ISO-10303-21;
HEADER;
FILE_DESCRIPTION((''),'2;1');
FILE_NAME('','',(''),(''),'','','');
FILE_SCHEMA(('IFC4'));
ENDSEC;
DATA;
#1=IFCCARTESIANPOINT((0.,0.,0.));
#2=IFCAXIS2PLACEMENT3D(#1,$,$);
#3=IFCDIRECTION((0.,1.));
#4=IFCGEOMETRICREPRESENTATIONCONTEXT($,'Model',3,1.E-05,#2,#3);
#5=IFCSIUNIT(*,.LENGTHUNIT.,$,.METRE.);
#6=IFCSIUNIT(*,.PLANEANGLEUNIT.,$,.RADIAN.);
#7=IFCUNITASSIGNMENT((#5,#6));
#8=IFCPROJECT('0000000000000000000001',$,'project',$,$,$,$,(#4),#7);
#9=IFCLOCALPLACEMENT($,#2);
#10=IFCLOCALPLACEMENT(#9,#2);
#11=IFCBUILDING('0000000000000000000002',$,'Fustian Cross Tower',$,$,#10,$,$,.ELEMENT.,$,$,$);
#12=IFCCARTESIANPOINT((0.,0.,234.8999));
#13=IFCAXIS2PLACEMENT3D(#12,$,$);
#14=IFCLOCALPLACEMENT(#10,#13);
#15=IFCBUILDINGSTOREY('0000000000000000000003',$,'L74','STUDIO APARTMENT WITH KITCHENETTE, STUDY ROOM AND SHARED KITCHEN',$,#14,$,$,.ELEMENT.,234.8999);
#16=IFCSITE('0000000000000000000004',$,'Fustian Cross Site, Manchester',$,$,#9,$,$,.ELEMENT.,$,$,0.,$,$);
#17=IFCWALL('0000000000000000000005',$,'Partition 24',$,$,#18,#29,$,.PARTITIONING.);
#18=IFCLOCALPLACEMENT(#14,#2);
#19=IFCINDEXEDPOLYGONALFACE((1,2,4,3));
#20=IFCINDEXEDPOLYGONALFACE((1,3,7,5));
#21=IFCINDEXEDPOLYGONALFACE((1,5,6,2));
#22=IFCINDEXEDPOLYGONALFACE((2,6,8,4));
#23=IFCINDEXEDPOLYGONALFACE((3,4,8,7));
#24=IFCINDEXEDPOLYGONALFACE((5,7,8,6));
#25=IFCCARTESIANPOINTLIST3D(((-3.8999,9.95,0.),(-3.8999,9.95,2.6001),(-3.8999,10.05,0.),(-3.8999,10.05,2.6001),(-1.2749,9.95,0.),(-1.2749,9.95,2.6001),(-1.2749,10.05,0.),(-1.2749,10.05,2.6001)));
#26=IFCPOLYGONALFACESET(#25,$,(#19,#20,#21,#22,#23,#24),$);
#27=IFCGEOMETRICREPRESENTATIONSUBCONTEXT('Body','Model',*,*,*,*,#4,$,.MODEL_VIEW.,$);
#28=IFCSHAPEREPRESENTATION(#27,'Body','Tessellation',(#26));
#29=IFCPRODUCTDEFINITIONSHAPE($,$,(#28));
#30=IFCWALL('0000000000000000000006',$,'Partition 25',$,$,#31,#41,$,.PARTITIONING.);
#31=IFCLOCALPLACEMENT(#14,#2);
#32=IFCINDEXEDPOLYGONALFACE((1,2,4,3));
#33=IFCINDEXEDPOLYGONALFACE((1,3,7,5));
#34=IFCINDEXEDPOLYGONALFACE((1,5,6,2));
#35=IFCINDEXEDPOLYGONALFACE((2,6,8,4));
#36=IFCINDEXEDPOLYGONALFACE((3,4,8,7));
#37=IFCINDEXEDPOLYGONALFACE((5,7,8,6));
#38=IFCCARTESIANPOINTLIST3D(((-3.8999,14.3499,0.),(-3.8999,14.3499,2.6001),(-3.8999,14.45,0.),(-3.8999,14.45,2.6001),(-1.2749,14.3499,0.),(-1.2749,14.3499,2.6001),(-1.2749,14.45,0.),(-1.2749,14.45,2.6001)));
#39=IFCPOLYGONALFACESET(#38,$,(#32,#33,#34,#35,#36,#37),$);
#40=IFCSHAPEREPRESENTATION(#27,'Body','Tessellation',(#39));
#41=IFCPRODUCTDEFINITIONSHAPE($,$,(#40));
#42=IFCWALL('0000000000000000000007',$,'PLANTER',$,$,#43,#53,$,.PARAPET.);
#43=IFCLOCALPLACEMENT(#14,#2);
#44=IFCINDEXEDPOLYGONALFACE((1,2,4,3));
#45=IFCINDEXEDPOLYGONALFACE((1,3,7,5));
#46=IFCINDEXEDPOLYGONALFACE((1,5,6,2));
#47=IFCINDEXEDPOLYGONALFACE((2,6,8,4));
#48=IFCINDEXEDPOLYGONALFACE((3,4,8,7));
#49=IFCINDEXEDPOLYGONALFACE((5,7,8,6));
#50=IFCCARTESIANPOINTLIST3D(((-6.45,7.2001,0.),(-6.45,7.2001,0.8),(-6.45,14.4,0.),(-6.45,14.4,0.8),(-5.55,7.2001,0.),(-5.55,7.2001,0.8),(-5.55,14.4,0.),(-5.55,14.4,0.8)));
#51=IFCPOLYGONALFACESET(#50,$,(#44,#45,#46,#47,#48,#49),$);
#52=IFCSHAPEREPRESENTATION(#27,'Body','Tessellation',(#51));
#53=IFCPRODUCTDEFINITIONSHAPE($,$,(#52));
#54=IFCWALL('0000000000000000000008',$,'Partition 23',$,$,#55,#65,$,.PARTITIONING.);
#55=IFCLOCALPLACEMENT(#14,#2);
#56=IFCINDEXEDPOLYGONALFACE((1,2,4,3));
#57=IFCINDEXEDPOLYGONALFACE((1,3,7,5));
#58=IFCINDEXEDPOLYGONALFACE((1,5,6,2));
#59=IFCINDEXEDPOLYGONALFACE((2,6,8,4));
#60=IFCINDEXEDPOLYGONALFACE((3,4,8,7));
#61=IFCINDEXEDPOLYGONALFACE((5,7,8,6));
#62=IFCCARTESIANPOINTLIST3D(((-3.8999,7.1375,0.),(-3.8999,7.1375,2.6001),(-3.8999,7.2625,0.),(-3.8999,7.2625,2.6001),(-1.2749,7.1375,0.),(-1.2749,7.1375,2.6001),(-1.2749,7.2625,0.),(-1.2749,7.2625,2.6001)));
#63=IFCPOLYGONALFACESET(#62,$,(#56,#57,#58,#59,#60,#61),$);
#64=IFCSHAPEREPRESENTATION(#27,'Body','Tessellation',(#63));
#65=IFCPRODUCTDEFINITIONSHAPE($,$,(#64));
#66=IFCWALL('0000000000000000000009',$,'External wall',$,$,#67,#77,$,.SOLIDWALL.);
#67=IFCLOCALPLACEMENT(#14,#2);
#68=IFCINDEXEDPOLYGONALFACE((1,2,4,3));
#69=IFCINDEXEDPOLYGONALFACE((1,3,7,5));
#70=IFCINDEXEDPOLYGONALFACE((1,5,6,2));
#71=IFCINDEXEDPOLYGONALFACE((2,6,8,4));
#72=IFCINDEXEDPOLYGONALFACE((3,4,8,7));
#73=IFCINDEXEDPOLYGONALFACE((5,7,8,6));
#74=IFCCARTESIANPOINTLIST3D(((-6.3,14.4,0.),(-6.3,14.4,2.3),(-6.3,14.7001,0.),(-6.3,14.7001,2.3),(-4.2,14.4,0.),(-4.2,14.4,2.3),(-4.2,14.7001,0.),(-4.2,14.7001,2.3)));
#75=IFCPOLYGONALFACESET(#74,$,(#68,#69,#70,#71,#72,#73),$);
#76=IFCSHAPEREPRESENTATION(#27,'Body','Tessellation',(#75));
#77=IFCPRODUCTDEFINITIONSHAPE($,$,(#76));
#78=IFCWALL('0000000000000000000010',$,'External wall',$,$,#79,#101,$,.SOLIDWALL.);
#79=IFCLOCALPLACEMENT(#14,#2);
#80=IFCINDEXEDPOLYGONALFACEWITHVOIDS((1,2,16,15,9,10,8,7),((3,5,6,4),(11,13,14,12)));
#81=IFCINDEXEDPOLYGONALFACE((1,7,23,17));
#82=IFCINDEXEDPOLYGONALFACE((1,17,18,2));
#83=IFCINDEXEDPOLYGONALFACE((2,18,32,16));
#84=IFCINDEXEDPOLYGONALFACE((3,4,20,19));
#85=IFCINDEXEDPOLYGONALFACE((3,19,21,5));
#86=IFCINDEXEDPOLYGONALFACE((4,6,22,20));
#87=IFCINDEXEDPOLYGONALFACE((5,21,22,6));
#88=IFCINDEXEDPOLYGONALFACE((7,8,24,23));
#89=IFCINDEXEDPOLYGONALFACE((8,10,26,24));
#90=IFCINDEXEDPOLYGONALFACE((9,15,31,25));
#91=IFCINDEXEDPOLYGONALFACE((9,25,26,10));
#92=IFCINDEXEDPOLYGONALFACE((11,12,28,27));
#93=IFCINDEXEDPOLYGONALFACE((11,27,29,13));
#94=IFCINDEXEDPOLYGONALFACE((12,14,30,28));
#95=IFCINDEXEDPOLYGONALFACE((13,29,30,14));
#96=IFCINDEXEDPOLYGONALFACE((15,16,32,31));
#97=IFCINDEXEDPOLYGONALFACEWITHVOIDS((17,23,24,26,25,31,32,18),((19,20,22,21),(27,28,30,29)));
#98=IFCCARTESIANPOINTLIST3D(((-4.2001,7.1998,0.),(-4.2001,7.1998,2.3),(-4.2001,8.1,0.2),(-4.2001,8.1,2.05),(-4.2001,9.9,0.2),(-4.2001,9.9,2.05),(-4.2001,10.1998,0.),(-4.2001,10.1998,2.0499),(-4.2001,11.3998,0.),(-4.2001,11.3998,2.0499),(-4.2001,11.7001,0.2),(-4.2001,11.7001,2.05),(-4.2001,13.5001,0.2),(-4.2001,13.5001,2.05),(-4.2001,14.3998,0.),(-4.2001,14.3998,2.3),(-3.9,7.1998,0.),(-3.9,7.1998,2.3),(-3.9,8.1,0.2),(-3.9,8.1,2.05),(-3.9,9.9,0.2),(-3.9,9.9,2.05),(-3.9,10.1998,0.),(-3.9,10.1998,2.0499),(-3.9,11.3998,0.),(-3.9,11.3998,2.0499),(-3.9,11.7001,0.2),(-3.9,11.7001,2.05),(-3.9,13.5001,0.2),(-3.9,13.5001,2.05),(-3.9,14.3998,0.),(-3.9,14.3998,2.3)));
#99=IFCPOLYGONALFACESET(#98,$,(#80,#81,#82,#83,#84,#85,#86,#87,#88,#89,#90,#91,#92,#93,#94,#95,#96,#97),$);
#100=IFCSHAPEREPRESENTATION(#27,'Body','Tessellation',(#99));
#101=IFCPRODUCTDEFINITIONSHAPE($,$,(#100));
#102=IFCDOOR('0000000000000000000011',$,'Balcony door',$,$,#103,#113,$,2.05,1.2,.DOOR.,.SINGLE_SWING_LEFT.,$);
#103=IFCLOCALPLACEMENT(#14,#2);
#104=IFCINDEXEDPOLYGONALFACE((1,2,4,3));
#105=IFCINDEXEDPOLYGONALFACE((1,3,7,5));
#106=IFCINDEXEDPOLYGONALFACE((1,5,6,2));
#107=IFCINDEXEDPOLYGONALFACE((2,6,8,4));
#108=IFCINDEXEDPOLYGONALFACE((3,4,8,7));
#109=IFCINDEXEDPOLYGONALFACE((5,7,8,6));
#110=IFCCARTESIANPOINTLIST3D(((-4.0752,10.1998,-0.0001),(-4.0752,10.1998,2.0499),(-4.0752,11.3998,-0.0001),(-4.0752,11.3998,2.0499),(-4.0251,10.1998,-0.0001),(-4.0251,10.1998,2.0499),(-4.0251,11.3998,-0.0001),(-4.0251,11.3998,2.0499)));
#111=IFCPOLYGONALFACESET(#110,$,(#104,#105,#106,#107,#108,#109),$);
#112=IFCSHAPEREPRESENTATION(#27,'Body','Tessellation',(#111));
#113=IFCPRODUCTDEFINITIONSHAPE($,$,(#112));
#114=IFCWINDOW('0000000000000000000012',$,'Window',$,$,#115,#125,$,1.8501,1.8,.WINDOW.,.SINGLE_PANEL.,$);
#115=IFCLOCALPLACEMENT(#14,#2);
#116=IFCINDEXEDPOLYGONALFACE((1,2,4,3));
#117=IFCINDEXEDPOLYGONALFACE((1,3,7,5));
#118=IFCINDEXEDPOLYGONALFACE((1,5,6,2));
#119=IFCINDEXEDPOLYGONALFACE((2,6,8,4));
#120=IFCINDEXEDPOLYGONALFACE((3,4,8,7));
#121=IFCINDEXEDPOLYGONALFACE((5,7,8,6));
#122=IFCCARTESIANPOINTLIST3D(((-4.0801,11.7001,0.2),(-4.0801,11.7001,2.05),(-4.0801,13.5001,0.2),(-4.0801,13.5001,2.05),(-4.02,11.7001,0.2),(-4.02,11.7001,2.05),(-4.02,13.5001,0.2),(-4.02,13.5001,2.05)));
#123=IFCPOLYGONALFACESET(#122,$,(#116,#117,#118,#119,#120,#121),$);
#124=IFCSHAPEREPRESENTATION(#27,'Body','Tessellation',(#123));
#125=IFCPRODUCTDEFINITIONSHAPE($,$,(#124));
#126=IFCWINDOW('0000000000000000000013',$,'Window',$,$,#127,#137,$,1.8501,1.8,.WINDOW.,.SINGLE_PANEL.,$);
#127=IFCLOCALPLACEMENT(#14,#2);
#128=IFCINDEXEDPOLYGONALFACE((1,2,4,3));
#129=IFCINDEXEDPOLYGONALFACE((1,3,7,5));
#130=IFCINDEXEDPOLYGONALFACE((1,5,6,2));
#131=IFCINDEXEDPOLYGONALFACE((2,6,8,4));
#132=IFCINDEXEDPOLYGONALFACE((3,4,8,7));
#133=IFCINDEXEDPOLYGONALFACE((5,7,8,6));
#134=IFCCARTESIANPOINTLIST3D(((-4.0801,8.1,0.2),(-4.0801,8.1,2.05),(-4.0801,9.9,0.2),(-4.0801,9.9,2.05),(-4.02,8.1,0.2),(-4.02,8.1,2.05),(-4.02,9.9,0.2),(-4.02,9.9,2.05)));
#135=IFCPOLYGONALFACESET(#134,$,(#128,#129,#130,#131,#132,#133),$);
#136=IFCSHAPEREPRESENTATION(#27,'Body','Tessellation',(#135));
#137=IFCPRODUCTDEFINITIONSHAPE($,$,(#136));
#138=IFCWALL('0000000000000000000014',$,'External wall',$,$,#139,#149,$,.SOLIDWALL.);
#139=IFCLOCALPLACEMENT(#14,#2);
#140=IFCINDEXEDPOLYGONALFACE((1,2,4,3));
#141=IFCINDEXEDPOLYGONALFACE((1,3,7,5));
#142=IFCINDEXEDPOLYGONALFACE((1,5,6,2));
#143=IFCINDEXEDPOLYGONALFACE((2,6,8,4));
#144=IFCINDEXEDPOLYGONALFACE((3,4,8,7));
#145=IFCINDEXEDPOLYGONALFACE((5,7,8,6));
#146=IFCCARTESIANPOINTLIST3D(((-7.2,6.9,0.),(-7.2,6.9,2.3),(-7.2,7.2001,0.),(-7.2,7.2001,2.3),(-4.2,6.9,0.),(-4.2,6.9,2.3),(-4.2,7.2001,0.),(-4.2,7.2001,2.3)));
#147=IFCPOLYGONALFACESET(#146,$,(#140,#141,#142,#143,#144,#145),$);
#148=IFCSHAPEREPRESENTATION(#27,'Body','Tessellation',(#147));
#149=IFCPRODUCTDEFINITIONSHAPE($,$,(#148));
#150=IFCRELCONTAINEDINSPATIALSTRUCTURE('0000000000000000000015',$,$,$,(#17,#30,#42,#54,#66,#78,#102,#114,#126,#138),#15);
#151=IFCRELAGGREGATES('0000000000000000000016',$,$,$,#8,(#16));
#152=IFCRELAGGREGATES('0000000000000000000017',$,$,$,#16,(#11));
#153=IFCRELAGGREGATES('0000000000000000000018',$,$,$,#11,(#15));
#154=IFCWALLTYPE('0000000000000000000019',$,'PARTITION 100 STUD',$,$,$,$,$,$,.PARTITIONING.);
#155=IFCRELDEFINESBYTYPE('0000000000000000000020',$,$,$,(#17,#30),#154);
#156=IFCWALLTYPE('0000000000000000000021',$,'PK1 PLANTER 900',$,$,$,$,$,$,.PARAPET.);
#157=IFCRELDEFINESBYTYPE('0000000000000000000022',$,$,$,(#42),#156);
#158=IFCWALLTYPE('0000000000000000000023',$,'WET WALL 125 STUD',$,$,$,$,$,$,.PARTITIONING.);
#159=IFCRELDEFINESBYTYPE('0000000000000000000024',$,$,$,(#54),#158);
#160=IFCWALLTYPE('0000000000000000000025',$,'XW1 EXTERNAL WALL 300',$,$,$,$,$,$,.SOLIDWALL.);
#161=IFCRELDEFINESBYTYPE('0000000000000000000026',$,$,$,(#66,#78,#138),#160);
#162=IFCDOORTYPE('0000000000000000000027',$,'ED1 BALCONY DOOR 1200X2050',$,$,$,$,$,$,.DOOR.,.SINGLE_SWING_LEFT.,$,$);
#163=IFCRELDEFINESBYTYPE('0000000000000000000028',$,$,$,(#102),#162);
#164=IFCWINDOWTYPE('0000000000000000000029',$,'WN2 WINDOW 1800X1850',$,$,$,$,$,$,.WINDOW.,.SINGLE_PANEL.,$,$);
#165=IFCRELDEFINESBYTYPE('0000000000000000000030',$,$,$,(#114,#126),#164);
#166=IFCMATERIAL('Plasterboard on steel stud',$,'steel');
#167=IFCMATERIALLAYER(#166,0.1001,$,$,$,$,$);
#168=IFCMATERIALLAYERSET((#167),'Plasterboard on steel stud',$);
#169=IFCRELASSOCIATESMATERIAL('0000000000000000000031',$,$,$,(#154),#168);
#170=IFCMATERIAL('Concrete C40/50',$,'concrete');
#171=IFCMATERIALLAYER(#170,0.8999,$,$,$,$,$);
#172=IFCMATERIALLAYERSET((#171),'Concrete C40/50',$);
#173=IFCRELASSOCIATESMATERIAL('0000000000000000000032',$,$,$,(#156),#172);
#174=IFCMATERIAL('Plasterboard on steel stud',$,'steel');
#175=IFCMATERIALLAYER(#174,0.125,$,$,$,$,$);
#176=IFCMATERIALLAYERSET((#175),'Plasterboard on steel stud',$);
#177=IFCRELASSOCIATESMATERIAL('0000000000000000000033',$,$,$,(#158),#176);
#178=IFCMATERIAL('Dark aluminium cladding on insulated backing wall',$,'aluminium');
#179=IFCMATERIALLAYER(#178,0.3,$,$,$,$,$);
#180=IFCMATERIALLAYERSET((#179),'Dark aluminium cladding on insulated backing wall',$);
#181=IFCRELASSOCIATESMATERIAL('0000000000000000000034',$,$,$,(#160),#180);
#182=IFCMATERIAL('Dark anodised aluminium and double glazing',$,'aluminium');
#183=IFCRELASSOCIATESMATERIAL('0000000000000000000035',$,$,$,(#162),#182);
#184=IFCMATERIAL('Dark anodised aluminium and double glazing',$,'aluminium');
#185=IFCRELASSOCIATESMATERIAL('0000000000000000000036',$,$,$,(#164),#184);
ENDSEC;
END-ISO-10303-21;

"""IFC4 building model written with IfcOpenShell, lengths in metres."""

from ifc_helpers import new_model, si_unit, direction, frame, frame_2d, origin, place, context, subcontext, project, spatial, rectangle, extrude, material, layer, layer_set, type_object, element, fill, save


model = new_model("IFC4")

# Units and contexts
model_context = context("Model", 3, precision=1e-05, world=origin(), true_north=direction((0.0, 1.0)))
body_context = subcontext(model_context, "Body", "Model", "MODEL_VIEW")
ifc_project = project(units=[si_unit("LENGTHUNIT", "METRE"), si_unit("PLANEANGLEUNIT", "RADIAN")], contexts=[model_context])

# Site, building, storey
site_placement = place(None, origin())
site = spatial("IfcSite", under=ifc_project, at=site_placement, Name="Fustian Cross Site, Manchester", CompositionType="ELEMENT", RefElevation=0.0)
building_placement = place(site_placement, origin())
building = spatial("IfcBuilding", under=site, at=building_placement, Name="Fustian Cross Tower", CompositionType="ELEMENT")
storey_placement = place(building_placement, frame((0.0, 0.0, 234.8999)))
storey = spatial("IfcBuildingStorey", under=building, at=storey_placement, Name="L74", Description="STUDIO APARTMENT WITH KITCHENETTE, STUDY ROOM AND SHARED KITCHEN", CompositionType="ELEMENT", Elevation=234.8999)

# Walls
ifc_material_1 = material(Name="Plasterboard on steel stud", Category="steel")
ifc_layer_1 = layer(ifc_material_1, 0.1001)
ifc_layer_set_1 = layer_set([ifc_layer_1], Name="Plasterboard on steel stud")
wall_type_1 = type_object("IfcWallType", Name="PARTITION 100 STUD", PredefinedType="PARTITIONING", material=ifc_layer_set_1)
for number, where, z_axis, x_axis, name in (
    (1, (-3.8999, 10.0, 0.0), (0.0, 0.0, 1.0), (1.0, 0.0, 0.0), "Partition 24"),
    (2, (-3.8999, 14.3999, 0.0), (0.0, 0.0, 1.0), (1.0, 0.0, 0.0), "Partition 25"),
):
    element("IfcWall", number, at=place(storey_placement, frame(where, z_axis=z_axis, x_axis=x_axis)), inside=storey, type_object=wall_type_1, Name=name, PredefinedType="PARTITIONING", context=body_context, shape_type="SweptSolid", body=[
        extrude(rectangle(XDim=2.625, YDim=0.1001, at=frame_2d((1.3125, 0.0))), origin(), (0.0, 0.0, 1.0), 2.6001),
    ])
ifc_material_2 = material(Name="Concrete C40/50", Category="concrete")
ifc_layer_2 = layer(ifc_material_2, 0.8999)
ifc_layer_set_2 = layer_set([ifc_layer_2], Name="Concrete C40/50")
wall_type_2 = type_object("IfcWallType", Name="PK1 PLANTER 900", PredefinedType="PARAPET", material=ifc_layer_set_2)
wall_1_placement = place(storey_placement, frame((-6.0, 7.2, 0.0), z_axis=(0.0, 0.0, 1.0), x_axis=(0.0, 1.0, 0.0)))
element("IfcWall", 3, at=wall_1_placement, inside=storey, type_object=wall_type_2, Name="PLANTER", PredefinedType="PARAPET", context=body_context, shape_type="SweptSolid", body=[
    extrude(rectangle(XDim=7.2, YDim=0.8999, at=frame_2d((3.6001, 0.0))), origin(), (0.0, 0.0, 1.0), 0.8),
])
ifc_material_3 = material(Name="Plasterboard on steel stud", Category="steel")
ifc_layer_3 = layer(ifc_material_3, 0.125)
ifc_layer_set_3 = layer_set([ifc_layer_3], Name="Plasterboard on steel stud")
wall_type_3 = type_object("IfcWallType", Name="WET WALL 125 STUD", PredefinedType="PARTITIONING", material=ifc_layer_set_3)
wall_2_placement = place(storey_placement, frame((-3.8999, 7.2, 0.0), z_axis=(0.0, 0.0, 1.0), x_axis=(1.0, 0.0, 0.0)))
element("IfcWall", 4, at=wall_2_placement, inside=storey, type_object=wall_type_3, Name="Partition 23", PredefinedType="PARTITIONING", context=body_context, shape_type="SweptSolid", body=[
    extrude(rectangle(XDim=2.625, YDim=0.125, at=frame_2d((1.3125, 0.0))), origin(), (0.0, 0.0, 1.0), 2.6001),
])
ifc_material_4 = material(Name="Dark aluminium cladding on insulated backing wall", Category="aluminium")
ifc_layer_4 = layer(ifc_material_4, 0.3)
ifc_layer_set_4 = layer_set([ifc_layer_4], Name="Dark aluminium cladding on insulated backing wall")
wall_type_4 = type_object("IfcWallType", Name="XW1 EXTERNAL WALL 300", PredefinedType="SOLIDWALL", material=ifc_layer_set_4)
wall_3_placement = place(storey_placement, frame((-6.3, 14.55, 0.0), z_axis=(0.0, 0.0, 1.0), x_axis=(1.0, 0.0, 0.0)))
element("IfcWall", 5, at=wall_3_placement, inside=storey, type_object=wall_type_4, Name="External wall", PredefinedType="SOLIDWALL", context=body_context, shape_type="SweptSolid", body=[
    extrude(rectangle(XDim=2.1001, YDim=0.3, at=frame_2d((1.05, 0.0))), origin(), (0.0, 0.0, 1.0), 2.3),
])

# Wall, openings, door, windows
wall_4_placement = place(storey_placement, frame((-4.05, 14.3999, 0.0), z_axis=(0.0, 0.0, 1.0), x_axis=(0.0, -1.0, 0.0)))
wall_4 = element("IfcWall", 6, at=wall_4_placement, inside=storey, type_object=wall_type_4, Name="External wall", PredefinedType="SOLIDWALL", context=body_context, shape_type="SweptSolid", body=[
    extrude(rectangle(XDim=7.2, YDim=0.3, at=frame_2d((3.6001, 0.0))), origin(), (0.0, 0.0, 1.0), 2.3),
])
opening_1_placement = place(wall_4_placement, frame((3.0, 0.0, 0.0)))
opening_1 = element("IfcOpeningElement", 7, at=opening_1_placement, cuts=wall_4, PredefinedType="OPENING", context=body_context, shape_type="SweptSolid", body=[
    extrude(rectangle(XDim=1.2, YDim=2.05, at=frame_2d((0.6001, 1.0249))), frame((0.0, 0.1599, 0.0), z_axis=(0.0, -1.0, 0.0), x_axis=(1.0, 0.0, 0.0)), (0.0, 0.0, 1.0), 0.3201),
])
opening_2_placement = place(wall_4_placement, frame((0.8999, 0.0, 0.2)))
opening_2 = element("IfcOpeningElement", 8, at=opening_2_placement, cuts=wall_4, PredefinedType="OPENING", context=body_context, shape_type="SweptSolid", body=[
    extrude(rectangle(XDim=1.8, YDim=1.8501, at=frame_2d((0.8999, 0.925))), frame((0.0, 0.1599, 0.0), z_axis=(0.0, -1.0, 0.0), x_axis=(1.0, 0.0, 0.0)), (0.0, 0.0, 1.0), 0.3201),
])
opening_3_placement = place(wall_4_placement, frame((4.5, 0.0, 0.2)))
opening_3 = element("IfcOpeningElement", 9, at=opening_3_placement, cuts=wall_4, PredefinedType="OPENING", context=body_context, shape_type="SweptSolid", body=[
    extrude(rectangle(XDim=1.8, YDim=1.8501, at=frame_2d((0.8999, 0.925))), frame((0.0, 0.1599, 0.0), z_axis=(0.0, -1.0, 0.0), x_axis=(1.0, 0.0, 0.0)), (0.0, 0.0, 1.0), 0.3201),
])
ifc_material_5 = material(Name="Dark anodised aluminium and double glazing", Category="aluminium")
door_type = type_object("IfcDoorType", Name="ED1 BALCONY DOOR 1200X2050", OperationType="SINGLE_SWING_LEFT", PredefinedType="DOOR", material=ifc_material_5)
door_placement = place(opening_1_placement, origin())
door = element("IfcDoor", 10, at=door_placement, inside=storey, type_object=door_type, Name="Balcony door", OperationType="SINGLE_SWING_LEFT", OverallHeight=2.05, OverallWidth=1.2, PredefinedType="DOOR", context=body_context, shape_type="SweptSolid", body=[
    extrude(rectangle(XDim=1.2, YDim=2.05, at=frame_2d((0.6001, 1.0249))), frame((0.0, 0.0249, 0.0), z_axis=(0.0, -1.0, 0.0), x_axis=(1.0, 0.0, 0.0)), (0.0, 0.0, 1.0), 0.05),
])
fill(opening_1, door)
ifc_material_6 = material(Name="Dark anodised aluminium and double glazing", Category="aluminium")
window_type = type_object("IfcWindowType", Name="WN2 WINDOW 1800X1850", PartitioningType="SINGLE_PANEL", PredefinedType="WINDOW", material=ifc_material_6)
window_1_placement = place(opening_2_placement, origin())
window_1 = element("IfcWindow", 11, at=window_1_placement, inside=storey, type_object=window_type, Name="Window", OverallHeight=1.8501, OverallWidth=1.8, PartitioningType="SINGLE_PANEL", PredefinedType="WINDOW", context=body_context, shape_type="SweptSolid", body=[
    extrude(rectangle(XDim=1.8, YDim=1.8501, at=frame_2d((0.8999, 0.925))), frame((0.0, 0.03, 0.0), z_axis=(0.0, -1.0, 0.0), x_axis=(1.0, 0.0, 0.0)), (0.0, 0.0, 1.0), 0.0601),
])
fill(opening_2, window_1)
window_2_placement = place(opening_3_placement, origin())
window_2 = element("IfcWindow", 12, at=window_2_placement, inside=storey, type_object=window_type, Name="Window", OverallHeight=1.8501, OverallWidth=1.8, PartitioningType="SINGLE_PANEL", PredefinedType="WINDOW", context=body_context, shape_type="SweptSolid", body=[
    extrude(rectangle(XDim=1.8, YDim=1.8501, at=frame_2d((0.8999, 0.925))), frame((0.0, 0.03, 0.0), z_axis=(0.0, -1.0, 0.0), x_axis=(1.0, 0.0, 0.0)), (0.0, 0.0, 1.0), 0.0601),
])
fill(opening_3, window_2)

# Wall
wall_5_placement = place(storey_placement, frame((-4.2, 7.05, 0.0), z_axis=(0.0, 0.0, 1.0), x_axis=(-1.0, 0.0, 0.0)))
element("IfcWall", 13, at=wall_5_placement, inside=storey, type_object=wall_type_4, Name="External wall", PredefinedType="SOLIDWALL", context=body_context, shape_type="SweptSolid", body=[
    extrude(rectangle(XDim=3.0, YDim=0.3, at=frame_2d((1.5, 0.0))), origin(), (0.0, 0.0, 1.0), 2.3),
])

save(model, "model.ifc")
